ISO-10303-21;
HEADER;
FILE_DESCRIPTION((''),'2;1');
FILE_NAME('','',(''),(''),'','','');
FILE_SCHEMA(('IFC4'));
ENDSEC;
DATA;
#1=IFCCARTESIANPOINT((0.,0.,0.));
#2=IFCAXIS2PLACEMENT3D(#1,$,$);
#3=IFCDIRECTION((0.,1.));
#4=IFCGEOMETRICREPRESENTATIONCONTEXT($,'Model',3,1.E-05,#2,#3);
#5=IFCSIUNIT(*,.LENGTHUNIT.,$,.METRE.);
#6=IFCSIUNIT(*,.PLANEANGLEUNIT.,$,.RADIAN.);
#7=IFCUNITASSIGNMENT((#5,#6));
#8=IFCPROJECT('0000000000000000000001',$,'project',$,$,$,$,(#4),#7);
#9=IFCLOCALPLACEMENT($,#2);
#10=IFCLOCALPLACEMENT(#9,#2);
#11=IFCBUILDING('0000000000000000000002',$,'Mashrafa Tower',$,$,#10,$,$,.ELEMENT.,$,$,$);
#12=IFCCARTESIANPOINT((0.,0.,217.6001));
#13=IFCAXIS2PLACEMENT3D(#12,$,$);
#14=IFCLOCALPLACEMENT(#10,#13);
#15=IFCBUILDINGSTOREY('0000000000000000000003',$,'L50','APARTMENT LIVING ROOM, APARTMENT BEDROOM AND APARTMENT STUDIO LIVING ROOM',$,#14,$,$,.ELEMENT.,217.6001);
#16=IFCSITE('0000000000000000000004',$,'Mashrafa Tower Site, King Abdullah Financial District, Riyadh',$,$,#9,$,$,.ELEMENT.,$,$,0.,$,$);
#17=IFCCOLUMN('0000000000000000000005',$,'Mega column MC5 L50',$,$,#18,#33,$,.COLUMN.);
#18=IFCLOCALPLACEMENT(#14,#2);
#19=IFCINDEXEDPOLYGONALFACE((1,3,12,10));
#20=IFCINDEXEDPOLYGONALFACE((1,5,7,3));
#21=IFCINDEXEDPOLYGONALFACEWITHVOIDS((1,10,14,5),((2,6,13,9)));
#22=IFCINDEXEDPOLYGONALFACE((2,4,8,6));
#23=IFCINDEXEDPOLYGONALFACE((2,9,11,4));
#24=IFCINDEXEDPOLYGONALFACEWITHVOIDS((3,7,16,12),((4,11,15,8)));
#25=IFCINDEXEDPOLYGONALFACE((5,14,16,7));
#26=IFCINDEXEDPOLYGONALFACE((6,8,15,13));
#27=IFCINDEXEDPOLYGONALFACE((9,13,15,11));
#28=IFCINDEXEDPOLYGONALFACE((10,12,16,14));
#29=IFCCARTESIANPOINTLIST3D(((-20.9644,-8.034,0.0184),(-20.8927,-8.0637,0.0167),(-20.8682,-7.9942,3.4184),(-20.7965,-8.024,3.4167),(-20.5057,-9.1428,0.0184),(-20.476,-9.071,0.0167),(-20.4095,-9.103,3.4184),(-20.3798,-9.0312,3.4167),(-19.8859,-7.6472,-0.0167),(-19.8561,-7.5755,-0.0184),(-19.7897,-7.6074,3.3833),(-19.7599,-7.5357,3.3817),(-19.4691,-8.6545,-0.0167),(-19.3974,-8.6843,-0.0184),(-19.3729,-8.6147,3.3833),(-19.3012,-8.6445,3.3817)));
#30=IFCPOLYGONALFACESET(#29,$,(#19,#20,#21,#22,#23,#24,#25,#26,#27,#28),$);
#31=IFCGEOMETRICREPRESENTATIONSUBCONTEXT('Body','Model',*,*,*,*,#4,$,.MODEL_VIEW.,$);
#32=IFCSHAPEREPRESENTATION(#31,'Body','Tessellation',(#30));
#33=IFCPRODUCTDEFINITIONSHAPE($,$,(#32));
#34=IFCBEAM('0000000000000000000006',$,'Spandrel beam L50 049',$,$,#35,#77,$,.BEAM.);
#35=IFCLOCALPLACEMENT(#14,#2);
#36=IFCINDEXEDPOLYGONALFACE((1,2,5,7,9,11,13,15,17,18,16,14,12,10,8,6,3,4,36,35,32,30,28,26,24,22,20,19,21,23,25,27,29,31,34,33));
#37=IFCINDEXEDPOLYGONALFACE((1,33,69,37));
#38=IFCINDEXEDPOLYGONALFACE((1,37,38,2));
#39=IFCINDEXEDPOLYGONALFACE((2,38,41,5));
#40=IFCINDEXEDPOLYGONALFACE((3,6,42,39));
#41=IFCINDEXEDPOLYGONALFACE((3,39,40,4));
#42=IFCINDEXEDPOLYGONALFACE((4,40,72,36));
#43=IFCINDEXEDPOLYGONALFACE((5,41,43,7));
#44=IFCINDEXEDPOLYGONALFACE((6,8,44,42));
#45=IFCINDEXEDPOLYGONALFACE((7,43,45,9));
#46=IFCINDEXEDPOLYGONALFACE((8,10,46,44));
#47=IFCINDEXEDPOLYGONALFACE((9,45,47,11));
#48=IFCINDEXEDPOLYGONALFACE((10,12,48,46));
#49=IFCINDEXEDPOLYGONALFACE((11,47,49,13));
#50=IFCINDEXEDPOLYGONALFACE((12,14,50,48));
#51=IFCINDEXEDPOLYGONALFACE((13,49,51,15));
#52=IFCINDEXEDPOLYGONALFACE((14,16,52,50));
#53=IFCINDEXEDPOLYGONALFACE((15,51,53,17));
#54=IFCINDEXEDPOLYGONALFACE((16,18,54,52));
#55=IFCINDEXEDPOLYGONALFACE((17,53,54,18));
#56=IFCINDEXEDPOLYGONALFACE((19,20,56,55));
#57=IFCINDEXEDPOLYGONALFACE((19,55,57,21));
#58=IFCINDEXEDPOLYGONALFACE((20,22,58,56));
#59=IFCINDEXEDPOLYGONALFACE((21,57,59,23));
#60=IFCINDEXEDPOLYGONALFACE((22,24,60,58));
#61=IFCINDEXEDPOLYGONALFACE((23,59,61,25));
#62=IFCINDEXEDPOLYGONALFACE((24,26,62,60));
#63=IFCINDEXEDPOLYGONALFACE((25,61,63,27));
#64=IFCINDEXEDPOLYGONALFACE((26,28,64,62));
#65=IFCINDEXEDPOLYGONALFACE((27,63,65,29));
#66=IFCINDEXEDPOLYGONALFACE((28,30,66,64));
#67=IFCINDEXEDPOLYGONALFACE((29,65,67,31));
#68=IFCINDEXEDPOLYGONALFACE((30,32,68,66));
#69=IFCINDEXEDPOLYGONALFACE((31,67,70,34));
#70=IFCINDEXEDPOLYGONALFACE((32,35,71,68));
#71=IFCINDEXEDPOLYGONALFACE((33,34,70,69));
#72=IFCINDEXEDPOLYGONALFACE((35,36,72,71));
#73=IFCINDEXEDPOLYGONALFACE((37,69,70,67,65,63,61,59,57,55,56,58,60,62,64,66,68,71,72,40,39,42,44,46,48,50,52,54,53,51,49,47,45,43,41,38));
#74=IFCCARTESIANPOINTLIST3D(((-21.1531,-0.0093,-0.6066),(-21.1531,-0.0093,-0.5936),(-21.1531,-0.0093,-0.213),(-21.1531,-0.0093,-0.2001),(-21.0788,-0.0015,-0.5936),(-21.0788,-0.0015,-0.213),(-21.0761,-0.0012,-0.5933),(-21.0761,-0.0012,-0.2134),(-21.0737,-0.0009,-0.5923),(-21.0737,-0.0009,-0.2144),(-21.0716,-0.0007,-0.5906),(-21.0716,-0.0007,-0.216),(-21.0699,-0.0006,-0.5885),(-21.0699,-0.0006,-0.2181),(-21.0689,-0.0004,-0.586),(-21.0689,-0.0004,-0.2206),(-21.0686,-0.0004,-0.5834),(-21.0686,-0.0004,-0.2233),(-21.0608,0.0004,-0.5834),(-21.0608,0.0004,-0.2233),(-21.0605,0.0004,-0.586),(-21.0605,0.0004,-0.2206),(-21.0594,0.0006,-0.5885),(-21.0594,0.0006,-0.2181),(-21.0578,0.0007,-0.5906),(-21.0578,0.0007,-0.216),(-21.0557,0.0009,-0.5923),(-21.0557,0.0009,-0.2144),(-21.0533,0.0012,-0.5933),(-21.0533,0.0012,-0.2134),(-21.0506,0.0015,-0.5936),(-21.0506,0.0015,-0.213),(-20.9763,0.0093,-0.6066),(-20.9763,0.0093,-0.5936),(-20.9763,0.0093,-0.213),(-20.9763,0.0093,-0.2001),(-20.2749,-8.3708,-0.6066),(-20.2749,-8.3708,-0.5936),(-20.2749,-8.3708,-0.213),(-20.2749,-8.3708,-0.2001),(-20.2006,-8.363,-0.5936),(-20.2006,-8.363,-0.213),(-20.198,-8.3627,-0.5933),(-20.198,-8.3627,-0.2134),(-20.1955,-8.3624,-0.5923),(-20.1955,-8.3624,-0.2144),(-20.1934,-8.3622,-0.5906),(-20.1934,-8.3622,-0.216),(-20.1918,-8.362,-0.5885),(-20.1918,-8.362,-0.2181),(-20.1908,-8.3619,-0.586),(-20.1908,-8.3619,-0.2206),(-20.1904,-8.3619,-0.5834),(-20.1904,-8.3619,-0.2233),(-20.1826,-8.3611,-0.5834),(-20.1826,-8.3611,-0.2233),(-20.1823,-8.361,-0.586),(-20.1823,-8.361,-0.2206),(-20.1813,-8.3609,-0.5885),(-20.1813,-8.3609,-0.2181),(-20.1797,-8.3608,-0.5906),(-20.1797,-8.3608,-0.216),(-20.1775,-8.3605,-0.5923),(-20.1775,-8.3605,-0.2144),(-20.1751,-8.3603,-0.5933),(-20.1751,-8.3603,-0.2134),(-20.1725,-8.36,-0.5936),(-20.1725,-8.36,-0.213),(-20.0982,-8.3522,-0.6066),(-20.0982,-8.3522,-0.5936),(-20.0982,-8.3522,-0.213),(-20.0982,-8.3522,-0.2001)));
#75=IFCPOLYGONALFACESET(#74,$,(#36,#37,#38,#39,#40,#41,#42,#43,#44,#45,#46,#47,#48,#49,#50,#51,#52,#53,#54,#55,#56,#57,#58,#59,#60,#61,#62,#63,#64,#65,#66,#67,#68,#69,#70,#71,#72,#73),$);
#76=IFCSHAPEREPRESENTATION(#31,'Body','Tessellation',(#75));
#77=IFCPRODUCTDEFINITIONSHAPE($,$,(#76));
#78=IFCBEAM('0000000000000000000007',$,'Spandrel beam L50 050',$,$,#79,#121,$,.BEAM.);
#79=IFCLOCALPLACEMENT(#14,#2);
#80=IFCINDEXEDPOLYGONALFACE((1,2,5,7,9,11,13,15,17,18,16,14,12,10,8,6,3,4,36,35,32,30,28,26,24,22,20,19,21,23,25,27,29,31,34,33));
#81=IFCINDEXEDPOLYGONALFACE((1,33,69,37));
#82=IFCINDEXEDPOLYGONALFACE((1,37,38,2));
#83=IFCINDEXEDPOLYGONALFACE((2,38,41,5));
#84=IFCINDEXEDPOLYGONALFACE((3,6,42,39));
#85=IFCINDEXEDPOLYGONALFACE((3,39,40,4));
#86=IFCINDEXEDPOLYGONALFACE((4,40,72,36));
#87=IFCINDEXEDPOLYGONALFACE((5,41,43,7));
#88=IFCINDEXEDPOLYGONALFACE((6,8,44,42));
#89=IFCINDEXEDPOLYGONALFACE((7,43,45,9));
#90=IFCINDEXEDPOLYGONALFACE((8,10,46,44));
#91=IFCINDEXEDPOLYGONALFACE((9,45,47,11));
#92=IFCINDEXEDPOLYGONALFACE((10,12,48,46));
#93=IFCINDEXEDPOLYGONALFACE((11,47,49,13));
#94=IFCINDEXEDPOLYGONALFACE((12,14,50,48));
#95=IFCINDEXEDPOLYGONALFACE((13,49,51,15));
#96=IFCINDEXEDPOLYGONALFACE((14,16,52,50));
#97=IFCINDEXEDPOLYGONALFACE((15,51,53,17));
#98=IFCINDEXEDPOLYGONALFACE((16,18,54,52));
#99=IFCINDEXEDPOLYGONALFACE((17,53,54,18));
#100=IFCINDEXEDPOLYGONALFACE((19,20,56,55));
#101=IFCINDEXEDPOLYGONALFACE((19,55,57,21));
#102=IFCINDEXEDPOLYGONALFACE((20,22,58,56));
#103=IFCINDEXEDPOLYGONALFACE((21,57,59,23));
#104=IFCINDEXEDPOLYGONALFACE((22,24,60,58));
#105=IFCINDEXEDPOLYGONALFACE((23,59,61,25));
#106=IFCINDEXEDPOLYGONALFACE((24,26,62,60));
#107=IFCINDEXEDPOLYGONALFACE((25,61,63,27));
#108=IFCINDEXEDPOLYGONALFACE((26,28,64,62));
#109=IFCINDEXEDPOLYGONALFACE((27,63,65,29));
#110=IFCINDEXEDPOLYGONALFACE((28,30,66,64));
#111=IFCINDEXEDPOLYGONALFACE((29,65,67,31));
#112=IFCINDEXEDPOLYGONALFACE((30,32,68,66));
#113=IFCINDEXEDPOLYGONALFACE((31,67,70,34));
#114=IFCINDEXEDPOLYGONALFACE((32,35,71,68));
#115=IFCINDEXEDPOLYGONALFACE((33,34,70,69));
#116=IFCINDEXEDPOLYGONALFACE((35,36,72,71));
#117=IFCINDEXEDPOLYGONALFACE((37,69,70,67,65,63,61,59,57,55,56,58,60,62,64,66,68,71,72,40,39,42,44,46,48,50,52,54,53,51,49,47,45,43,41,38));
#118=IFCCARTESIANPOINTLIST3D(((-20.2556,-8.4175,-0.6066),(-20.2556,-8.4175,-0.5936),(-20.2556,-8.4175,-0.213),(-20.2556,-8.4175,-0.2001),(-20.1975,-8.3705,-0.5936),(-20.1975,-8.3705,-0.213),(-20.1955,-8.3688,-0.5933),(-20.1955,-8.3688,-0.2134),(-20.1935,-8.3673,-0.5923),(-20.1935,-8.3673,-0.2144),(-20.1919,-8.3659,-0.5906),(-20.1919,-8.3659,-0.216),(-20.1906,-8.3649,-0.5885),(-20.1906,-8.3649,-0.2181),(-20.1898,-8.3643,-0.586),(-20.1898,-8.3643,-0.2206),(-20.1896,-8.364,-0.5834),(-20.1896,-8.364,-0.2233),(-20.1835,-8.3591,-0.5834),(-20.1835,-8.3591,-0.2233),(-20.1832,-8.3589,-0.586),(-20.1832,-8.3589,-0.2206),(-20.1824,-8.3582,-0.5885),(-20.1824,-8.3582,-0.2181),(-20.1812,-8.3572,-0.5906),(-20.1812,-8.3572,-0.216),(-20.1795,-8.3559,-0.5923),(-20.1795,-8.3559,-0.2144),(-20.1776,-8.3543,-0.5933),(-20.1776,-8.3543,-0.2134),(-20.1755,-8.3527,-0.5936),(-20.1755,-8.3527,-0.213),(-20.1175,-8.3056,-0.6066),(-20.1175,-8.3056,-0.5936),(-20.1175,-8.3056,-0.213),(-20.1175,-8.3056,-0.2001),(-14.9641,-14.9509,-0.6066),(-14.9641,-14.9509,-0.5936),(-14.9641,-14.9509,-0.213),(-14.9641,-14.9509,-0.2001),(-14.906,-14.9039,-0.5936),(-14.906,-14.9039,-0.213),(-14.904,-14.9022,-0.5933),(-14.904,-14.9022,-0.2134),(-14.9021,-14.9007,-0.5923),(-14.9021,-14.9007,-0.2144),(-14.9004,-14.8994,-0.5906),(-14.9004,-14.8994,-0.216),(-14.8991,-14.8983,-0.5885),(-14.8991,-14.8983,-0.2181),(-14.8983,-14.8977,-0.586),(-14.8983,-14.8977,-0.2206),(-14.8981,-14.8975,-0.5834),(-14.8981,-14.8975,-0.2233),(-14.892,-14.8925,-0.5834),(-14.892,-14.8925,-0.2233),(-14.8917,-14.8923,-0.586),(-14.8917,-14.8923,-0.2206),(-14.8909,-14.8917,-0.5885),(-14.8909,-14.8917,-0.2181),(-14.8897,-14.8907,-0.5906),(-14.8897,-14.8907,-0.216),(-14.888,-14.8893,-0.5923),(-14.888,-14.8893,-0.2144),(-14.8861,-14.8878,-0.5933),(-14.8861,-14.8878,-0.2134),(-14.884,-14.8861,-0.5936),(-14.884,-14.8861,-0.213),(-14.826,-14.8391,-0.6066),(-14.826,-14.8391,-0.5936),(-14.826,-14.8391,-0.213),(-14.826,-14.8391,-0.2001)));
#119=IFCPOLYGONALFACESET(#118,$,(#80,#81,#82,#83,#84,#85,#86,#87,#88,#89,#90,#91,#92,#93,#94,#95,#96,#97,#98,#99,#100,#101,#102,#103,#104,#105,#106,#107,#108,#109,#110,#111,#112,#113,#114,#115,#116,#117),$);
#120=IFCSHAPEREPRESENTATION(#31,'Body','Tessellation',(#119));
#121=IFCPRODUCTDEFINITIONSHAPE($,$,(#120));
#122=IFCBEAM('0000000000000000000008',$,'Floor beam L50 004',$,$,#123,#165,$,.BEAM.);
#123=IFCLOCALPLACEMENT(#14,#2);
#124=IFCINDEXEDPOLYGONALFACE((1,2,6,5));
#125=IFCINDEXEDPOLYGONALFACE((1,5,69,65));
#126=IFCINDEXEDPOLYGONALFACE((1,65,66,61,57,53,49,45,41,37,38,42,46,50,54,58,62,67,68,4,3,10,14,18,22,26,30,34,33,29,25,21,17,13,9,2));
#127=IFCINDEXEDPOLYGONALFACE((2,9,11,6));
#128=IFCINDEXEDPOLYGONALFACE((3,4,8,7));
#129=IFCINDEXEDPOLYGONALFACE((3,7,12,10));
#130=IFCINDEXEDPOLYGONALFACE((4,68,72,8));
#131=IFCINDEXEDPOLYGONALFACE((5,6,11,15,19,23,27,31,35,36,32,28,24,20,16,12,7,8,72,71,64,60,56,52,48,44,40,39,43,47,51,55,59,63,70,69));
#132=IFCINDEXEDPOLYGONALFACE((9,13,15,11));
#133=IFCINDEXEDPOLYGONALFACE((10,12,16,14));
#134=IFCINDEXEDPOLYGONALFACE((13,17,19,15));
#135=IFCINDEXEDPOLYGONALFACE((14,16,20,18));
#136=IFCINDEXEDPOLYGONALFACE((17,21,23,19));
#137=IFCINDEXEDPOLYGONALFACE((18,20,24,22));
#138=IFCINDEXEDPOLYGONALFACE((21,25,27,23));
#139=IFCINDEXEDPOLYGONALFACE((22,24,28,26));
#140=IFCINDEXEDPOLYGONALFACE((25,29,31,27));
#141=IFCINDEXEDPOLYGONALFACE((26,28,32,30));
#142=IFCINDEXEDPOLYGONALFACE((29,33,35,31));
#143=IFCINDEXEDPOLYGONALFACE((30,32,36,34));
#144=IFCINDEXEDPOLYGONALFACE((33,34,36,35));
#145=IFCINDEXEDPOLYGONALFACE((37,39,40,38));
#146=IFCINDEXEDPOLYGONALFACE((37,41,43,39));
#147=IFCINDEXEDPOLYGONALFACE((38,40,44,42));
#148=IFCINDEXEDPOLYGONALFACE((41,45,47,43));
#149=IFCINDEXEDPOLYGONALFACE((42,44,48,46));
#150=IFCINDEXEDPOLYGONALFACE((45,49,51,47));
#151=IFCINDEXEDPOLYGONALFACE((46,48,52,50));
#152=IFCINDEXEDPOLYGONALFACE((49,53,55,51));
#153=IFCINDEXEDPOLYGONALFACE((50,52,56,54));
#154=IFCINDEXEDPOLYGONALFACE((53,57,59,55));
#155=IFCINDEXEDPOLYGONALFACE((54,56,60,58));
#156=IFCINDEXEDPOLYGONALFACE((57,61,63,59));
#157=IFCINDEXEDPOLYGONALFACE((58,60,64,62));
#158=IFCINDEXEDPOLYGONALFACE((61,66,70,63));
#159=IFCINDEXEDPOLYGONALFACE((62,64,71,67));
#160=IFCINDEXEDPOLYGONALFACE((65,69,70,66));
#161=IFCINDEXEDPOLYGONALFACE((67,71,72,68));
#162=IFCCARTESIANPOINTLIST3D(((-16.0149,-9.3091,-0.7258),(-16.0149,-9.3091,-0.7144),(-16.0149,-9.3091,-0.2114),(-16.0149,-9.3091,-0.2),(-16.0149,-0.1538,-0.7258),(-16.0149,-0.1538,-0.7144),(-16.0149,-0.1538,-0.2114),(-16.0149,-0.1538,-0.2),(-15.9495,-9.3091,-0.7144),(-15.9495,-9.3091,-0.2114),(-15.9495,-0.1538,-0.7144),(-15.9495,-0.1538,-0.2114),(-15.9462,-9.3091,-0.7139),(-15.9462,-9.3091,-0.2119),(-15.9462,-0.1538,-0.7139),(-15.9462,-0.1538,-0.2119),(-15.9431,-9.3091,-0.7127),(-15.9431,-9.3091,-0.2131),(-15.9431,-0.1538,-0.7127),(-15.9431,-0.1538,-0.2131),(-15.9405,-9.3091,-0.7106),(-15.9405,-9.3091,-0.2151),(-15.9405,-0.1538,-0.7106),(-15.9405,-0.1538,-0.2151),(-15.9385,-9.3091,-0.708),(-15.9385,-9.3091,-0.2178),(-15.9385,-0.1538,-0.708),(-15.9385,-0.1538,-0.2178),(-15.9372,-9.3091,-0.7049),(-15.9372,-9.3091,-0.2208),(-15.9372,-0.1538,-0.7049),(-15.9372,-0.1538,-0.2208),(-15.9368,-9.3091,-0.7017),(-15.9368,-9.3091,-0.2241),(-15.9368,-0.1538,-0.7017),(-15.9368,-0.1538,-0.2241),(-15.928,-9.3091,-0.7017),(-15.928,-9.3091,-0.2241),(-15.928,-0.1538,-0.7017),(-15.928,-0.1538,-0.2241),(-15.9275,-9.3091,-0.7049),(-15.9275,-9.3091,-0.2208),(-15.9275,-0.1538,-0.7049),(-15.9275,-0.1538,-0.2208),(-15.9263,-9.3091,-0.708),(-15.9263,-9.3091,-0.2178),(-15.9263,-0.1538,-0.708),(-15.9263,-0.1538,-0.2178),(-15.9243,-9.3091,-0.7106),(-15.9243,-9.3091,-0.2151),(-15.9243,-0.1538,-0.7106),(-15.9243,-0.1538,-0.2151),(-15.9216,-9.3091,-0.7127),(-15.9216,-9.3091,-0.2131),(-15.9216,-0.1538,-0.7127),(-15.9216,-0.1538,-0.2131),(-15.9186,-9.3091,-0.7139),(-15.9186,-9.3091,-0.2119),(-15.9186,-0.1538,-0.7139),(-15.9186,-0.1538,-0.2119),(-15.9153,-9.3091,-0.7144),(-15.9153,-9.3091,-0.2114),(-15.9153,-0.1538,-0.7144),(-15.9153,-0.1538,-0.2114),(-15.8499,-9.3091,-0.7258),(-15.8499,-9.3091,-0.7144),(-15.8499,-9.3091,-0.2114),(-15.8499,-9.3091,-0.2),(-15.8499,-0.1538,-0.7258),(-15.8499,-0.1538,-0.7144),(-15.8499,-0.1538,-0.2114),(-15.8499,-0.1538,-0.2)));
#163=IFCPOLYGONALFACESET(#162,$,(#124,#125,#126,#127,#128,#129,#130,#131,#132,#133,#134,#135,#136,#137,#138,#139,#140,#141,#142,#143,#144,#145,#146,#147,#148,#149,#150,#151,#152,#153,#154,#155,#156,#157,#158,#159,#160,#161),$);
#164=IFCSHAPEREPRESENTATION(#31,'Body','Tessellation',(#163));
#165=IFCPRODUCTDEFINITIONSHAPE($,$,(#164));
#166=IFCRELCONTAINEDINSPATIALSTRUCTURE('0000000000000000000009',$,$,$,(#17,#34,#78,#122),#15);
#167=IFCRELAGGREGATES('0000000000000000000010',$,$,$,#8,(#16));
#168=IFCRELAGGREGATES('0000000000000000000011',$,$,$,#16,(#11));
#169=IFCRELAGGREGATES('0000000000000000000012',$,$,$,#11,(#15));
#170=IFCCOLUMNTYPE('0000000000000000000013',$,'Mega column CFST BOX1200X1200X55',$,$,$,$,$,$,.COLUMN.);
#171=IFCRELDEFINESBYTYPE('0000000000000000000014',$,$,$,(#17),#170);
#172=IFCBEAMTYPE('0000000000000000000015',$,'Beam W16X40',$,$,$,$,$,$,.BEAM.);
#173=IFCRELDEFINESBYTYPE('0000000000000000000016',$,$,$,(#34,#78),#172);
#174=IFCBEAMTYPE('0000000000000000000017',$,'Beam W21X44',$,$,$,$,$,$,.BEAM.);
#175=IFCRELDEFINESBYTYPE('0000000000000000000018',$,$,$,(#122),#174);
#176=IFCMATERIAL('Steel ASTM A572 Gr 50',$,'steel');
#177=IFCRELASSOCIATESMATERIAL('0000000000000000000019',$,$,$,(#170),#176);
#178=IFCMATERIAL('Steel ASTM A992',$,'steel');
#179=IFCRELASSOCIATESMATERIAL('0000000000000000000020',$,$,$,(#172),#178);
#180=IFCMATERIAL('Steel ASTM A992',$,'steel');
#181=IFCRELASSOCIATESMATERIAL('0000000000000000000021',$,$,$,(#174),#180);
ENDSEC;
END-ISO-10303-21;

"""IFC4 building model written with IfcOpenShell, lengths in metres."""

from ifc_helpers import new_model, si_unit, direction, frame, origin, origin_2d, place, context, subcontext, project, spatial, hollow_rectangle, i_section, extrude, material, material_profile, profile_set, type_object, element, save


model = new_model("IFC4")

# Units and contexts
model_context = context("Model", 3, precision=1e-05, world=origin(), true_north=direction((0.0, 1.0)))
body_context = subcontext(model_context, "Body", "Model", "MODEL_VIEW")
ifc_project = project(units=[si_unit("LENGTHUNIT", "METRE"), si_unit("PLANEANGLEUNIT", "RADIAN")], contexts=[model_context])

# Site, building, storey
site_placement = place(None, origin())
site = spatial("IfcSite", under=ifc_project, at=site_placement, Name="Mashrafa Tower Site, King Abdullah Financial District, Riyadh", CompositionType="ELEMENT", RefElevation=0.0)
building_placement = place(site_placement, origin())
building = spatial("IfcBuilding", under=site, at=building_placement, Name="Mashrafa Tower", CompositionType="ELEMENT")
storey_placement = place(building_placement, frame((0.0, 0.0, 217.6001)))
storey = spatial("IfcBuildingStorey", under=building, at=storey_placement, Name="L50", Description="APARTMENT LIVING ROOM, APARTMENT BEDROOM AND APARTMENT STUDIO LIVING ROOM", CompositionType="ELEMENT", Elevation=217.6001)

# Column
ifc_material_1 = material(Name="Steel ASTM A572 Gr 50", Category="steel")
ifc_material_profile_1 = material_profile(ifc_material_1, hollow_rectangle(XDim=1.2, YDim=1.2, WallThickness=0.0549, at=origin_2d()), Name="BOX1200X1200X55")
ifc_profile_set_1 = profile_set([ifc_material_profile_1], Name="Steel ASTM A572 Gr 50")
column_type = type_object("IfcColumnType", Name="Mega column CFST BOX1200X1200X55", PredefinedType="COLUMN", material=ifc_profile_set_1)
column_placement = place(storey_placement, frame((-20.1809, -8.3591, 0.0), z_axis=(0.028279, 0.011699, 0.999532), x_axis=(-0.382283, 0.924045, 0.0)))
element("IfcColumn", 1, at=column_placement, inside=storey, type_object=column_type, Name="Mega column MC5 L50", PredefinedType="COLUMN", context=body_context, shape_type="SweptSolid", body=[
    extrude(hollow_rectangle(XDim=1.2, YDim=1.2, WallThickness=0.0549, at=origin_2d()), origin(), (0.0, 0.0, 1.0), 3.4016),
])

# Beams
ifc_material_2 = material(Name="Steel ASTM A992", Category="steel")
ifc_material_profile_2 = material_profile(ifc_material_2, i_section(OverallWidth=0.1777, OverallDepth=0.4065, WebThickness=0.0078, FlangeThickness=0.0129, FilletRadius=0.0103, at=origin_2d()), Name="W16X40")
ifc_profile_set_2 = profile_set([ifc_material_profile_2], Name="Steel ASTM A992")
beam_type_1 = type_object("IfcBeamType", Name="Beam W16X40", PredefinedType="BEAM", material=ifc_profile_set_2)
for number, where, z_axis, x_axis, name in (
    (2, (-21.0647, 0.0, -0.4033), (0.10445, -0.99453, 0.0), (0.99453, 0.10445, 0.0), "Spandrel beam L50 049"),
    (3, (-20.1865, -8.3616, -0.4033), (0.629379, -0.777098, 0.0), (0.777098, 0.629379, 0.0), "Spandrel beam L50 050"),
):
    element("IfcBeam", number, at=place(storey_placement, frame(where, z_axis=z_axis, x_axis=x_axis)), inside=storey, type_object=beam_type_1, Name=name, PredefinedType="BEAM", context=body_context, shape_type="SweptSolid", body=[
        extrude(i_section(OverallWidth=0.1777, OverallDepth=0.4065, WebThickness=0.0078, FlangeThickness=0.0129, FilletRadius=0.0103, at=origin_2d()), origin(), (0.0, 0.0, 1.0), 8.4075),
    ])
ifc_material_3 = material(Name="Steel ASTM A992", Category="steel")
ifc_material_profile_3 = material_profile(ifc_material_3, i_section(OverallWidth=0.165, OverallDepth=0.5259, WebThickness=0.0088, FlangeThickness=0.0115, FilletRadius=0.0127, at=origin_2d()), Name="W21X44")
ifc_profile_set_3 = profile_set([ifc_material_profile_3], Name="Steel ASTM A992")
beam_type_2 = type_object("IfcBeamType", Name="Beam W21X44", PredefinedType="BEAM", material=ifc_profile_set_3)
beam_1_placement = place(storey_placement, frame((-15.9324, -9.3091, -0.4629), z_axis=(0.0, 1.0, 0.0), x_axis=(-1.0, 0.0, 0.0)))
element("IfcBeam", 4, at=beam_1_placement, inside=storey, type_object=beam_type_2, Name="Floor beam L50 004", PredefinedType="BEAM", context=body_context, shape_type="SweptSolid", body=[
    extrude(i_section(OverallWidth=0.165, OverallDepth=0.5259, WebThickness=0.0088, FlangeThickness=0.0115, FilletRadius=0.0127, at=origin_2d()), origin(), (0.0, 0.0, 1.0), 9.1553),
])

save(model, "model.ifc")
